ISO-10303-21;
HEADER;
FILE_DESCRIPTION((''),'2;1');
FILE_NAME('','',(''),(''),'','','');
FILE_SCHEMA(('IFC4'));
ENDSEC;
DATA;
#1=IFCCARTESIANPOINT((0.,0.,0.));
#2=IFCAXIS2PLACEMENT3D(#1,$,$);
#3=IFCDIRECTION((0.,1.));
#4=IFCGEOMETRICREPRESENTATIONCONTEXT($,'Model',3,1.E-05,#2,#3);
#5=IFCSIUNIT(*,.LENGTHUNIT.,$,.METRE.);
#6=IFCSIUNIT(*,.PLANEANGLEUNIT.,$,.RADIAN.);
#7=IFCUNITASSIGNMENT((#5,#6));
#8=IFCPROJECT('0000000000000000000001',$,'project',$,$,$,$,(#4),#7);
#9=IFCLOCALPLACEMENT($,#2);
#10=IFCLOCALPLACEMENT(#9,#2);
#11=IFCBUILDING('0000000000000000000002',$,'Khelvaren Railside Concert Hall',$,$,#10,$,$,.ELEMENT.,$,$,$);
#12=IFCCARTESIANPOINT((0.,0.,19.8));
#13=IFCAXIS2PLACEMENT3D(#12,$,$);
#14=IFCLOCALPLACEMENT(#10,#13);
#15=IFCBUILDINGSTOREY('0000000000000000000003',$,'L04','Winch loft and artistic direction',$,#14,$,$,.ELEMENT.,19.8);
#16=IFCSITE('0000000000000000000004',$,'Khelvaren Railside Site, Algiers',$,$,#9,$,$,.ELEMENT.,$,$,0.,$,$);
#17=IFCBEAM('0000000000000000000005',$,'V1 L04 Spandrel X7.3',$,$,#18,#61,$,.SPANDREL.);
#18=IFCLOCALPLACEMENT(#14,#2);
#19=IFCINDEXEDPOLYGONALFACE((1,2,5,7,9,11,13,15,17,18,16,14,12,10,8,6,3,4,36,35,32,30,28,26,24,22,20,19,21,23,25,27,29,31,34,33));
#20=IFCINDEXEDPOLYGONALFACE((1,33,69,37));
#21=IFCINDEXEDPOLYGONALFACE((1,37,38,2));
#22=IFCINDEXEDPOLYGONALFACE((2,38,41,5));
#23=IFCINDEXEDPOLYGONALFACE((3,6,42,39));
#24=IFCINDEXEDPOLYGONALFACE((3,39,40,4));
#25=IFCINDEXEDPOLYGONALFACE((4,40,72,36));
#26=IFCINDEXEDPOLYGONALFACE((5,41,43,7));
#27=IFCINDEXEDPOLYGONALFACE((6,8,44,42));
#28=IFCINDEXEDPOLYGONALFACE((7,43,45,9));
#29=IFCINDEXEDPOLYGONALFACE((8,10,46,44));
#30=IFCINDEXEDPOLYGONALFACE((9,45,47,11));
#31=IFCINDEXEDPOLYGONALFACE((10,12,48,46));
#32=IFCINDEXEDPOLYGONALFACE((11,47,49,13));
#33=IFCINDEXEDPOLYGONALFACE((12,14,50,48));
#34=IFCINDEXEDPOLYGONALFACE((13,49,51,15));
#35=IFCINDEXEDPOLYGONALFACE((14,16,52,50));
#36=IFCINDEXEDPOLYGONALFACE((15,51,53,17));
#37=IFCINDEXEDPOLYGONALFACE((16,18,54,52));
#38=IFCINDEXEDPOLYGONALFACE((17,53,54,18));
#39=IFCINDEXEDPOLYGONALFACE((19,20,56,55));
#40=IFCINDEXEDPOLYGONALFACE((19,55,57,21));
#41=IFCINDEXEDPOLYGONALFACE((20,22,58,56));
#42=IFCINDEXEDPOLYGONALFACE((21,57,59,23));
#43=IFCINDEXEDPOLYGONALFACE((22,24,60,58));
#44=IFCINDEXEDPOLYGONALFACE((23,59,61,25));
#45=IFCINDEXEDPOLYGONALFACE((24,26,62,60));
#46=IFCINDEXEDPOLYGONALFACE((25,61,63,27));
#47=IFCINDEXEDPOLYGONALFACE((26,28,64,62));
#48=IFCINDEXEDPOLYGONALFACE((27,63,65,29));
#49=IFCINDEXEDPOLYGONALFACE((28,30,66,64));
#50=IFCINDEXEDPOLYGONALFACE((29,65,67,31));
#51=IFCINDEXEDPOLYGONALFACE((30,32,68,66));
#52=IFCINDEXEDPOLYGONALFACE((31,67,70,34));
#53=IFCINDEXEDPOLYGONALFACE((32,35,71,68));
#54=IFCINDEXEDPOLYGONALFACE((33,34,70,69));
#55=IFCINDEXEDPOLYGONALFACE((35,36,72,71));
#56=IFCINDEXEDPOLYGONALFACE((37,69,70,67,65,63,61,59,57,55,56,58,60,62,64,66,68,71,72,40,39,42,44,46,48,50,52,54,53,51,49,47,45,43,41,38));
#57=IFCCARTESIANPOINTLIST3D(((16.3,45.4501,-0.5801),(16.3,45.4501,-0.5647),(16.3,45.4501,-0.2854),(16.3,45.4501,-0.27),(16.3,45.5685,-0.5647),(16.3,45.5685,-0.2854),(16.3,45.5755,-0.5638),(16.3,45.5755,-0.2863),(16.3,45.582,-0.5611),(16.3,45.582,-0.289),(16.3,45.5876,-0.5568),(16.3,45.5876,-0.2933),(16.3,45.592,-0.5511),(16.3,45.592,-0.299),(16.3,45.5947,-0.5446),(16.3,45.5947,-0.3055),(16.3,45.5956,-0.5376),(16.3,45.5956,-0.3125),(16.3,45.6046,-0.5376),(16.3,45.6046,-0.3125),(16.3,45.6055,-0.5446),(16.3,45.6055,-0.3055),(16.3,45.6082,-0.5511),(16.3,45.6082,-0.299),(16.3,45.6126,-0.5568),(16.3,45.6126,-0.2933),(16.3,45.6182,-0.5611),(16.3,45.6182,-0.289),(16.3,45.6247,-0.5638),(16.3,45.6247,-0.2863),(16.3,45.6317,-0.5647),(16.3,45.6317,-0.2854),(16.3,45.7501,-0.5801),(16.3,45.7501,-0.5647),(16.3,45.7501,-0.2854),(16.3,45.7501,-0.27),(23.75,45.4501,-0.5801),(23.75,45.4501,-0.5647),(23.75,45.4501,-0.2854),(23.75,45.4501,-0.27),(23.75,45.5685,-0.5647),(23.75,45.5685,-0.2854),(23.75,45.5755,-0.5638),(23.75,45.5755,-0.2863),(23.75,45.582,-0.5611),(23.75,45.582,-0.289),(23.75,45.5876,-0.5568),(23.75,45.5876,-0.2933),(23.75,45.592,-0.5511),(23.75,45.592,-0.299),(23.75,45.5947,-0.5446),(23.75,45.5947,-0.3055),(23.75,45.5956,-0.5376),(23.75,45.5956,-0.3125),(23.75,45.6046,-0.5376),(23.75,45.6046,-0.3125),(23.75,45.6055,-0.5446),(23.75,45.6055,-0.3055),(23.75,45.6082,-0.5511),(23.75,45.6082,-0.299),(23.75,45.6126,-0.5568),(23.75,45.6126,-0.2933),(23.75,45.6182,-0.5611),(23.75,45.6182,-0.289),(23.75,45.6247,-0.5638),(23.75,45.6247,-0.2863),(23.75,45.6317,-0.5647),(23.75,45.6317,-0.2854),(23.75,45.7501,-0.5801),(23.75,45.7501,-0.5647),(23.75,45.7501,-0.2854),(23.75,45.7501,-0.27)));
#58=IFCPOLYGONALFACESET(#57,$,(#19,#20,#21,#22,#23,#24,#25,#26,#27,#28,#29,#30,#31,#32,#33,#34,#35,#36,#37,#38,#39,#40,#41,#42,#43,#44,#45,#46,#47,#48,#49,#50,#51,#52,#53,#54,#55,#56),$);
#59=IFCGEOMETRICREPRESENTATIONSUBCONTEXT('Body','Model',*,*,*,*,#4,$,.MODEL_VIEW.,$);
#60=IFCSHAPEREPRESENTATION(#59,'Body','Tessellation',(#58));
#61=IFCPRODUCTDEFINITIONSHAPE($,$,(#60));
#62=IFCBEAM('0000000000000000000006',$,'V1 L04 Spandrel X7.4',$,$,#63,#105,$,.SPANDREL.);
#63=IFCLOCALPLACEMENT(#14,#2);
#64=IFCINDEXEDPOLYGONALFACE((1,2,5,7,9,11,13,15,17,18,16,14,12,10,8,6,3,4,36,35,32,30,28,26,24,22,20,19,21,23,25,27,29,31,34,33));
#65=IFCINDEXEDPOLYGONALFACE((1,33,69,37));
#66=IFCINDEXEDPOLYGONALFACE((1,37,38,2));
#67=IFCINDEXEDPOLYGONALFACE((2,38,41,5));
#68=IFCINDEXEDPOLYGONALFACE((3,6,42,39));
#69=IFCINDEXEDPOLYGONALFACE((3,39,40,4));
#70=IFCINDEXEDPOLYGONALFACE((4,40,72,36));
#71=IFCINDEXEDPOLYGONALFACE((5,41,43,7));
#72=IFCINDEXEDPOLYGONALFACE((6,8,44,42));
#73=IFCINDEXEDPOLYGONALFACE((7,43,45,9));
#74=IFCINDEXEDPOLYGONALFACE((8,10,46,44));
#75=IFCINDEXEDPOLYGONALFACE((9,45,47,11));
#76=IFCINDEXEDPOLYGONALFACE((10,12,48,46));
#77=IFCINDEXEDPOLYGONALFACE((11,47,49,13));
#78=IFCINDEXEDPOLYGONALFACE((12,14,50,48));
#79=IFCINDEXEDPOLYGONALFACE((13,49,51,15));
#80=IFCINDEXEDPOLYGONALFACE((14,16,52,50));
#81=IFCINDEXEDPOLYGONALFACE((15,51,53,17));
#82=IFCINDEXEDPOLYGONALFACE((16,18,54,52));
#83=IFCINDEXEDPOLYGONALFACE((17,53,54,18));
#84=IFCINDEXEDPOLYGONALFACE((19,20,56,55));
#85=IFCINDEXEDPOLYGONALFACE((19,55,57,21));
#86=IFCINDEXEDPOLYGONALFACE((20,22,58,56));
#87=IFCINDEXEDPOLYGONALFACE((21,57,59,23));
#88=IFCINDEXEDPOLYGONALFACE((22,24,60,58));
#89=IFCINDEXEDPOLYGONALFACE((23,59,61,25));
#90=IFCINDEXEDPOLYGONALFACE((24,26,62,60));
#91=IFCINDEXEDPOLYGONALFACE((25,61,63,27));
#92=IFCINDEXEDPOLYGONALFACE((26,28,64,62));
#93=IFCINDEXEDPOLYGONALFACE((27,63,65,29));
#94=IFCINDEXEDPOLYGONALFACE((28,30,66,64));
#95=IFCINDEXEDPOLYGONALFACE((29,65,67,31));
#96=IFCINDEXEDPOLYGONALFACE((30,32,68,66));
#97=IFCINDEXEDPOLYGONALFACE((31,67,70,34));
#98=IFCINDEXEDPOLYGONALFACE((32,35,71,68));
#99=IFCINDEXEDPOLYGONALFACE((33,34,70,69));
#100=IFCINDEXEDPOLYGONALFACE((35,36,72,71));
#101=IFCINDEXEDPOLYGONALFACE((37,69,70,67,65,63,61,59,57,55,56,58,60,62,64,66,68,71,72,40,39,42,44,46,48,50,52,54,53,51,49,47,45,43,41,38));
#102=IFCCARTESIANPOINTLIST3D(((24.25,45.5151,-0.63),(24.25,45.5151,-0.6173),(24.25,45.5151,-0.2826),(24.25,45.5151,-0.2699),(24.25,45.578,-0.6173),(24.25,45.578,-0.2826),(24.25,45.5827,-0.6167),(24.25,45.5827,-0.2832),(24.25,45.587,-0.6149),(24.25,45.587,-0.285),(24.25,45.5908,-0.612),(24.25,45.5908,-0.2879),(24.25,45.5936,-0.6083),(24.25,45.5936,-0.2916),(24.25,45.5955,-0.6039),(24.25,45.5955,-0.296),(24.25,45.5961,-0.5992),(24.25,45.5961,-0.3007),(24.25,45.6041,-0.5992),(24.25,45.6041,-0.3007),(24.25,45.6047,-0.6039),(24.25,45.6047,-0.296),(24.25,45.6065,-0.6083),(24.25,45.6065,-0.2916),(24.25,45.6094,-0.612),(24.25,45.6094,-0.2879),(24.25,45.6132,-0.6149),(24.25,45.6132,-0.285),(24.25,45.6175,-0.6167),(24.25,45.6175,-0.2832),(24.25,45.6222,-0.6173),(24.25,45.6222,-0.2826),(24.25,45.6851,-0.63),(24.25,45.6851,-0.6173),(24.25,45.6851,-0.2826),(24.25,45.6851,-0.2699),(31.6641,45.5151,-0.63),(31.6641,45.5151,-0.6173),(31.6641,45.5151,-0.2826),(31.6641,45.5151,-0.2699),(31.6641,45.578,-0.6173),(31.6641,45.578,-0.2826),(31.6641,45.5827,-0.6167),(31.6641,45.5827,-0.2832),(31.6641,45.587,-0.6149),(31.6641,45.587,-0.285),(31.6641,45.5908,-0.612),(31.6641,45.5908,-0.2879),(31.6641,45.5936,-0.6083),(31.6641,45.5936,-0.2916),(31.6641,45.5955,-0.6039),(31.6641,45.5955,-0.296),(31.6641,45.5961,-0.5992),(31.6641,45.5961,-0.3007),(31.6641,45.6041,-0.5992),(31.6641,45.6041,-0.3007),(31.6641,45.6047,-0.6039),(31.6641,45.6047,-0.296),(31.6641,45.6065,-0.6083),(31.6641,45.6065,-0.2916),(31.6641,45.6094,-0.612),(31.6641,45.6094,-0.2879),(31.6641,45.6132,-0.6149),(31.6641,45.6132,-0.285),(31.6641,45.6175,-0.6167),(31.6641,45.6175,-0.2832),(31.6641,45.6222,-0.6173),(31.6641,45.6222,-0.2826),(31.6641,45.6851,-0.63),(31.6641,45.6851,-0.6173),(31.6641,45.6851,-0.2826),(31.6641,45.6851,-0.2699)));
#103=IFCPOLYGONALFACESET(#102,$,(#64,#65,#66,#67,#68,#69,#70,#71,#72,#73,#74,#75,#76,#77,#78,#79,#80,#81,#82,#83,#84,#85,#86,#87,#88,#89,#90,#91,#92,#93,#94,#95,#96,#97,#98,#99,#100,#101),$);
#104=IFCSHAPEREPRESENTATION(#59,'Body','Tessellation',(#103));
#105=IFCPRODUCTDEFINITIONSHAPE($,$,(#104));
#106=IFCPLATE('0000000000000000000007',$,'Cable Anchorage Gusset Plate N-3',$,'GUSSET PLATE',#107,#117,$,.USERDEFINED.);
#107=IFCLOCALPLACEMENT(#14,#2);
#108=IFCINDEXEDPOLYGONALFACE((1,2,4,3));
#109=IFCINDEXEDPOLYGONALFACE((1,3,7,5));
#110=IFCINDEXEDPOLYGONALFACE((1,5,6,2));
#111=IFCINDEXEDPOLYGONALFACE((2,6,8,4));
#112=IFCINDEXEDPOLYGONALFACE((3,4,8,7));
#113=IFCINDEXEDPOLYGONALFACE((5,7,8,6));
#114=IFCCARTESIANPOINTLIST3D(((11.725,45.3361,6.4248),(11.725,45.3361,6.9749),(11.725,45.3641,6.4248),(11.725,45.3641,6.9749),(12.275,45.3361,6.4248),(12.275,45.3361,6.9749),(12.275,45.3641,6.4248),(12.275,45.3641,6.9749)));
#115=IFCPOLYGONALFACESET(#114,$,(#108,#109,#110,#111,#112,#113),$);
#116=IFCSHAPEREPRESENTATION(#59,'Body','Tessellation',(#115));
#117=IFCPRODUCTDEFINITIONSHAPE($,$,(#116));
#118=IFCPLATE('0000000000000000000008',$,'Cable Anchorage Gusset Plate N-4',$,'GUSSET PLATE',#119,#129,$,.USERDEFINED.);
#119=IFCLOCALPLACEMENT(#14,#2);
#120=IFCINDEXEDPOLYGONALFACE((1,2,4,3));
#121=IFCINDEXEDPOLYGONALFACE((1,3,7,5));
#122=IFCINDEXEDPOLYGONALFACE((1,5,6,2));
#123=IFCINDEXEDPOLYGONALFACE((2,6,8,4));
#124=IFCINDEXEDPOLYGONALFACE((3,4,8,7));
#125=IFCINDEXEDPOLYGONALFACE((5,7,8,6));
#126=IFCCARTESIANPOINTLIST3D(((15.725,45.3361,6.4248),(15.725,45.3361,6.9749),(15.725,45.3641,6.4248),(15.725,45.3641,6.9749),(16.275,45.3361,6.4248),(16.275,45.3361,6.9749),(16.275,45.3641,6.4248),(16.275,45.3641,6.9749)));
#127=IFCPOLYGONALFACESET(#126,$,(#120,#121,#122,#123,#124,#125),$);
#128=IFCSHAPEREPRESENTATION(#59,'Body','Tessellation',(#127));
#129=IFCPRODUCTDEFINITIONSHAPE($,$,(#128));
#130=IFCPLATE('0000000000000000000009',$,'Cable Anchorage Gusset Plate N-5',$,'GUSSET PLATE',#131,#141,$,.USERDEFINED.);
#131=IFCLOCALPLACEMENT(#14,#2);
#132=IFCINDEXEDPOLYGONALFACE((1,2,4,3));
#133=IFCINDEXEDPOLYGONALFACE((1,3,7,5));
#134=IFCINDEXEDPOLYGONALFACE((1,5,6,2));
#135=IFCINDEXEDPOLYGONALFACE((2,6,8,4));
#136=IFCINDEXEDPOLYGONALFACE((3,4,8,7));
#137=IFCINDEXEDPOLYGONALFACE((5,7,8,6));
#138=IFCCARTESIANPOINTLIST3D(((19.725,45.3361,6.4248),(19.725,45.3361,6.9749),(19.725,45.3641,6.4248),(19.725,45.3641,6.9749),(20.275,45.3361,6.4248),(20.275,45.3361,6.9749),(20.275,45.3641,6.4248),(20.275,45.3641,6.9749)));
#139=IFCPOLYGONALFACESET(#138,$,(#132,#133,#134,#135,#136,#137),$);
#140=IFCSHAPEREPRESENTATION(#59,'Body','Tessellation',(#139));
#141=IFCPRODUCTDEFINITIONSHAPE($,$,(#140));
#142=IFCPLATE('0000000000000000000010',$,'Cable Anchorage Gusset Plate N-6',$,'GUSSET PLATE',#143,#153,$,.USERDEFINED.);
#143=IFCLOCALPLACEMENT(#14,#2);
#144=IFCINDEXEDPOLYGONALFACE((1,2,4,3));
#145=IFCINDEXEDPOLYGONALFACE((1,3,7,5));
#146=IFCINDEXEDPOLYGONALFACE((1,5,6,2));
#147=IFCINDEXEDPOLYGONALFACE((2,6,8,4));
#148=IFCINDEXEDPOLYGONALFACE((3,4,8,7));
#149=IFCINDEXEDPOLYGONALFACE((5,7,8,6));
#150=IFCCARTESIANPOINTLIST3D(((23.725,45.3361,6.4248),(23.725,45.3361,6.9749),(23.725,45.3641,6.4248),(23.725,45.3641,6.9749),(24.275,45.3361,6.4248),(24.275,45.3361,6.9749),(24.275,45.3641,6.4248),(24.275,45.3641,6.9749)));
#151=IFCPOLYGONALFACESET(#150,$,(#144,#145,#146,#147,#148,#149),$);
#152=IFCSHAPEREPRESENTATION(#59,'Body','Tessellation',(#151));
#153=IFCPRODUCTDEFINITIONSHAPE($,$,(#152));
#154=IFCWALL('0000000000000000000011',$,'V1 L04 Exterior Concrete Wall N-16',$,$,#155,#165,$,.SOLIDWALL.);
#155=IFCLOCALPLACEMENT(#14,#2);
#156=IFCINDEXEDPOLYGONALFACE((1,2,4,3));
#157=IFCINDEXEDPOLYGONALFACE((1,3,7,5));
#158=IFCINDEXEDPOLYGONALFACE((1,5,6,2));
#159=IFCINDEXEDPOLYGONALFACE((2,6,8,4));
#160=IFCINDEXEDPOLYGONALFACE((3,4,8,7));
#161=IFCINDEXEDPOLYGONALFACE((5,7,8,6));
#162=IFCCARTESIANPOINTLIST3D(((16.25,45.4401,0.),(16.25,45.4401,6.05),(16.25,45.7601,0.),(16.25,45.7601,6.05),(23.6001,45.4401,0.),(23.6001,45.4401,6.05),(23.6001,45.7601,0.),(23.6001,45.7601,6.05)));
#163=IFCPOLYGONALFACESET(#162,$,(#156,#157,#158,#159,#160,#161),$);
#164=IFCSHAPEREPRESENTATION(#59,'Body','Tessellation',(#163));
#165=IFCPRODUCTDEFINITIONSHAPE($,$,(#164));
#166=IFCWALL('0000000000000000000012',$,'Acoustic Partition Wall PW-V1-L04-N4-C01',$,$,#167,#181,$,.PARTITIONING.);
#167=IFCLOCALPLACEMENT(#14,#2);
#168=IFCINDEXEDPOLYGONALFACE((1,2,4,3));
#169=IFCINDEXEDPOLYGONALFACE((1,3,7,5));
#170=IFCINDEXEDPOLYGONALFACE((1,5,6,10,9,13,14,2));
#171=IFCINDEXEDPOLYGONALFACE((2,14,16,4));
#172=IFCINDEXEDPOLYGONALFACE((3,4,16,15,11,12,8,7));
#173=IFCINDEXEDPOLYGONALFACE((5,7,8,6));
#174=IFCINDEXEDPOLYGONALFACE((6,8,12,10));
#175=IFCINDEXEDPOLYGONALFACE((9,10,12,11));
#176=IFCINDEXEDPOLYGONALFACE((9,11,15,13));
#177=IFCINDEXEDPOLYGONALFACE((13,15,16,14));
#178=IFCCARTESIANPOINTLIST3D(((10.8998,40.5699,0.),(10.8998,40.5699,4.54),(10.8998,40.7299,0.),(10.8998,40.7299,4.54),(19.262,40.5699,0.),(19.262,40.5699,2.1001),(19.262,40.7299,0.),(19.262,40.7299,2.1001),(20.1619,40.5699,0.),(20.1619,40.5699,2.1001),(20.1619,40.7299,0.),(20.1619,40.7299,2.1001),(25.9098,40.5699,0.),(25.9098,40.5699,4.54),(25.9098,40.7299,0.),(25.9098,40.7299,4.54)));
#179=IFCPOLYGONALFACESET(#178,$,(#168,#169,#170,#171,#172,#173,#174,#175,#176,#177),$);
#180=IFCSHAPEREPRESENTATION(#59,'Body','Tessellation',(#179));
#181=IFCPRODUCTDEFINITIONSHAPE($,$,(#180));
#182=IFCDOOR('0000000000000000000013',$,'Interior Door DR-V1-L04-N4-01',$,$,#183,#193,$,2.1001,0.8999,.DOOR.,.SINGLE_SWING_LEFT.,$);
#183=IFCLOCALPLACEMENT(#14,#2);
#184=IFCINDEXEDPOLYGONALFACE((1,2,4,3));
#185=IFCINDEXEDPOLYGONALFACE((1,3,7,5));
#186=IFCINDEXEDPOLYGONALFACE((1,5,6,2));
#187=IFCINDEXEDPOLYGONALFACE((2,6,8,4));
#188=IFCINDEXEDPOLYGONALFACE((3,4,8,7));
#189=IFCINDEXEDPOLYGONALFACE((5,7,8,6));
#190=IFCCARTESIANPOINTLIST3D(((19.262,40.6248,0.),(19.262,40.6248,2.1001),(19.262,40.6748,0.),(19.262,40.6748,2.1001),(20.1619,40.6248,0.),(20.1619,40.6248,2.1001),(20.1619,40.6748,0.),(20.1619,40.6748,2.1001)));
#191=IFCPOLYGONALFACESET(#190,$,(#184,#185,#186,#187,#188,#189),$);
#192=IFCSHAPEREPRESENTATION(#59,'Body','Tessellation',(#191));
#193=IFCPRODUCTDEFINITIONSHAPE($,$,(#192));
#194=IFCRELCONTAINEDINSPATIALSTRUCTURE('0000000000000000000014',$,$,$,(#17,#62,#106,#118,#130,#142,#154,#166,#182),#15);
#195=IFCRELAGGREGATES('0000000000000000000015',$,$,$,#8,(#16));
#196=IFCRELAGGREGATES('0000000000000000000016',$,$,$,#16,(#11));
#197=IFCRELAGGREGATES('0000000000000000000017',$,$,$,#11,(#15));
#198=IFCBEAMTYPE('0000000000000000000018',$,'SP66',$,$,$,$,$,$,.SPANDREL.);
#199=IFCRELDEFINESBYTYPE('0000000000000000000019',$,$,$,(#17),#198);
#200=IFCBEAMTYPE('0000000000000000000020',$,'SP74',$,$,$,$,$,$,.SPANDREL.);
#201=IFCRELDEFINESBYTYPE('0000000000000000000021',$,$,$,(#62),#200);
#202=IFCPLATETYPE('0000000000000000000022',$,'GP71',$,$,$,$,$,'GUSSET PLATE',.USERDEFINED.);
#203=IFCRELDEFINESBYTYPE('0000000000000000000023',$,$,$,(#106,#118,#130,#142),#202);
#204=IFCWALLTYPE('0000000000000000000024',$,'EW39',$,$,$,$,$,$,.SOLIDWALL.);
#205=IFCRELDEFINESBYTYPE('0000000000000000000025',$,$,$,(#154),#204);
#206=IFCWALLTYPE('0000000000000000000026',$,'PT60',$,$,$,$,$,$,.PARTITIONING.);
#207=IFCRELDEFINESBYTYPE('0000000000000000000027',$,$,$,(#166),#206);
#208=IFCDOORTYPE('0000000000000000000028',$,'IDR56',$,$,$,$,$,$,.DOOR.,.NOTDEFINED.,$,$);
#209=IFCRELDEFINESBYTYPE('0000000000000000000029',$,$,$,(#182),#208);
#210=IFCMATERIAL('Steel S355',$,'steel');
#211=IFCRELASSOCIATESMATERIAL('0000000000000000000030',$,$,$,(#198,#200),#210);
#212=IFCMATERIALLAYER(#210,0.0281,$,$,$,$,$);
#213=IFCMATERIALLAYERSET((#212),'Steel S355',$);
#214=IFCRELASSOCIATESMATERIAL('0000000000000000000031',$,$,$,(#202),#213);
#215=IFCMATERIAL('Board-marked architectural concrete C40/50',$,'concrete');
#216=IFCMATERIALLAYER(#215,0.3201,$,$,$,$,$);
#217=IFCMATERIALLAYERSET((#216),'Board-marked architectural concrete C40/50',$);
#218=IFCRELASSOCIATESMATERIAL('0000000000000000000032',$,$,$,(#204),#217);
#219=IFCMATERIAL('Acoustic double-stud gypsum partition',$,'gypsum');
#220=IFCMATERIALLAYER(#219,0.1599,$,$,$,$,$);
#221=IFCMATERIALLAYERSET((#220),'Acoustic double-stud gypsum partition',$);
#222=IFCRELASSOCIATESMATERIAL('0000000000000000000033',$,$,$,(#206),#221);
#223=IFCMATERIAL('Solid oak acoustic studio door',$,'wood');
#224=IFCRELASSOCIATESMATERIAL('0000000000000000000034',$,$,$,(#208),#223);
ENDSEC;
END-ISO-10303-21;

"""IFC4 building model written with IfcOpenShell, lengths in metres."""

from ifc_helpers import new_model, si_unit, direction, frame, frame_2d, origin, origin_2d, place, context, subcontext, project, spatial, rectangle, i_section, extrude, material, layer, layer_set, material_profile, profile_set, type_object, element, fill, save


model = new_model("IFC4")

# Units and contexts
model_context = context("Model", 3, precision=1e-05, world=origin(), true_north=direction((0.0, 1.0)))
body_context = subcontext(model_context, "Body", "Model", "MODEL_VIEW")
ifc_project = project(units=[si_unit("LENGTHUNIT", "METRE"), si_unit("PLANEANGLEUNIT", "RADIAN")], contexts=[model_context])

# Site, building, storey
site_placement = place(None, origin())
site = spatial("IfcSite", under=ifc_project, at=site_placement, Name="Khelvaren Railside Site, Algiers", CompositionType="ELEMENT", RefElevation=0.0)
building_placement = place(site_placement, origin())
building = spatial("IfcBuilding", under=site, at=building_placement, Name="Khelvaren Railside Concert Hall", CompositionType="ELEMENT")
storey_placement = place(building_placement, frame((0.0, 0.0, 19.8)))
storey = spatial("IfcBuildingStorey", under=building, at=storey_placement, Name="L04", Description="Winch loft and artistic direction", CompositionType="ELEMENT", Elevation=19.8)

# Beams
ifc_material_1 = material(Name="Steel S355", Category="steel")
ifc_material_profile_1 = material_profile(ifc_material_1, i_section(OverallWidth=0.3, OverallDepth=0.3101, WebThickness=0.009, FlangeThickness=0.0154, FilletRadius=0.0271, at=origin_2d()), Name="HEA 320")
ifc_profile_set_1 = profile_set([ifc_material_profile_1], Name="Steel S355")
beam_type_1 = type_object("IfcBeamType", Name="SP66", PredefinedType="SPANDREL", material=ifc_profile_set_1)
beam_1_placement = place(storey_placement, frame((16.3, 45.6001, -0.425), z_axis=(1.0, 0.0, 0.0), x_axis=(0.0, 1.0, 0.0)))
element("IfcBeam", 1, at=beam_1_placement, inside=storey, type_object=beam_type_1, Name="V1 L04 Spandrel X7.3", PredefinedType="SPANDREL", context=body_context, shape_type="SweptSolid", body=[
    extrude(i_section(OverallWidth=0.3, OverallDepth=0.3101, WebThickness=0.009, FlangeThickness=0.0154, FilletRadius=0.0271, at=origin_2d()), origin(), (0.0, 0.0, 1.0), 7.45),
])
ifc_material_profile_2 = material_profile(ifc_material_1, i_section(OverallWidth=0.1699, OverallDepth=0.3601, WebThickness=0.0081, FlangeThickness=0.0127, FilletRadius=0.0181, at=origin_2d()), Name="IPE 360")
ifc_profile_set_2 = profile_set([ifc_material_profile_2], Name="Steel S355")
beam_type_2 = type_object("IfcBeamType", Name="SP74", PredefinedType="SPANDREL", material=ifc_profile_set_2)
beam_2_placement = place(storey_placement, frame((24.25, 45.6001, -0.45), z_axis=(1.0, 0.0, 0.0), x_axis=(0.0, 1.0, 0.0)))
element("IfcBeam", 2, at=beam_2_placement, inside=storey, type_object=beam_type_2, Name="V1 L04 Spandrel X7.4", PredefinedType="SPANDREL", context=body_context, shape_type="SweptSolid", body=[
    extrude(i_section(OverallWidth=0.1699, OverallDepth=0.3601, WebThickness=0.0081, FlangeThickness=0.0127, FilletRadius=0.0181, at=origin_2d()), origin(), (0.0, 0.0, 1.0), 7.4141),
])

# Plates
ifc_layer_1 = layer(ifc_material_1, 0.0281)
ifc_layer_set_1 = layer_set([ifc_layer_1], Name="Steel S355")
plate_type = type_object("IfcPlateType", Name="GP71", ElementType="GUSSET PLATE", PredefinedType="USERDEFINED", material=ifc_layer_set_1)
for number, where, z_axis, x_axis, name in (
    (3, (12.0, 45.3501, 6.4248), (0.0, 0.0, 1.0), (1.0, 0.0, 0.0), "Cable Anchorage Gusset Plate N-3"),
    (4, (16.0, 45.3501, 6.4248), (0.0, 0.0, 1.0), (1.0, 0.0, 0.0), "Cable Anchorage Gusset Plate N-4"),
    (5, (20.0, 45.3501, 6.4248), (0.0, 0.0, 1.0), (1.0, 0.0, 0.0), "Cable Anchorage Gusset Plate N-5"),
    (6, (24.0, 45.3501, 6.4248), (0.0, 0.0, 1.0), (1.0, 0.0, 0.0), "Cable Anchorage Gusset Plate N-6"),
):
    element("IfcPlate", number, at=place(storey_placement, frame(where, z_axis=z_axis, x_axis=x_axis)), inside=storey, type_object=plate_type, Name=name, ObjectType="GUSSET PLATE", PredefinedType="USERDEFINED", context=body_context, shape_type="SweptSolid", body=[
        extrude(rectangle(XDim=0.55, YDim=0.0281, at=origin_2d()), origin(), (0.0, 0.0, 1.0), 0.55),
    ])

# Wall
ifc_material_2 = material(Name="Board-marked architectural concrete C40/50", Category="concrete")
ifc_layer_2 = layer(ifc_material_2, 0.3201)
ifc_layer_set_2 = layer_set([ifc_layer_2], Name="Board-marked architectural concrete C40/50")
wall_type_1 = type_object("IfcWallType", Name="EW39", PredefinedType="SOLIDWALL", material=ifc_layer_set_2)
wall_1_placement = place(storey_placement, frame((16.25, 45.6001, 0.0), z_axis=(0.0, 0.0, 1.0), x_axis=(1.0, 0.0, 0.0)))
element("IfcWall", 7, at=wall_1_placement, inside=storey, type_object=wall_type_1, Name="V1 L04 Exterior Concrete Wall N-16", PredefinedType="SOLIDWALL", context=body_context, shape_type="SweptSolid", body=[
    extrude(rectangle(XDim=7.3501, YDim=0.3201, at=frame_2d((3.675, 0.0))), origin(), (0.0, 0.0, 1.0), 6.05),
])

# Wall, opening, door
ifc_material_3 = material(Name="Acoustic double-stud gypsum partition", Category="gypsum")
ifc_layer_3 = layer(ifc_material_3, 0.1599)
ifc_layer_set_3 = layer_set([ifc_layer_3], Name="Acoustic double-stud gypsum partition")
wall_type_2 = type_object("IfcWallType", Name="PT60", PredefinedType="PARTITIONING", material=ifc_layer_set_3)
wall_2_placement = place(storey_placement, frame((10.8999, 40.6499, 0.0), z_axis=(0.0, 0.0, 1.0), x_axis=(1.0, 0.0, 0.0)))
wall_2 = element("IfcWall", 8, at=wall_2_placement, inside=storey, type_object=wall_type_2, Name="Acoustic Partition Wall PW-V1-L04-N4-C01", PredefinedType="PARTITIONING", context=body_context, shape_type="SweptSolid", body=[
    extrude(rectangle(XDim=15.01, YDim=0.1599, at=frame_2d((7.5049, 0.0))), origin(), (0.0, 0.0, 1.0), 4.54),
])
opening_placement = place(wall_2_placement, frame((8.3621, 0.0, 0.0)))
opening = element("IfcOpeningElement", 9, at=opening_placement, cuts=wall_2, PredefinedType="OPENING", context=body_context, shape_type="SweptSolid", body=[
    extrude(rectangle(XDim=0.8999, YDim=2.1001, at=frame_2d((0.45, 1.05))), frame((0.0, 0.0898, 0.0), z_axis=(0.0, -1.0, 0.0), x_axis=(1.0, 0.0, 0.0)), (0.0, 0.0, 1.0), 0.1799),
])
ifc_material_4 = material(Name="Solid oak acoustic studio door", Category="wood")
door_type = type_object("IfcDoorType", Name="IDR56", OperationType="NOTDEFINED", PredefinedType="DOOR", material=ifc_material_4)
door_placement = place(opening_placement, origin())
door = element("IfcDoor", 10, at=door_placement, inside=storey, type_object=door_type, Name="Interior Door DR-V1-L04-N4-01", OperationType="SINGLE_SWING_LEFT", OverallHeight=2.1001, OverallWidth=0.8999, PredefinedType="DOOR", context=body_context, shape_type="SweptSolid", body=[
    extrude(rectangle(XDim=0.8999, YDim=2.1001, at=frame_2d((0.45, 1.05))), frame((0.0, 0.0249, 0.0), z_axis=(0.0, -1.0, 0.0), x_axis=(1.0, 0.0, 0.0)), (0.0, 0.0, 1.0), 0.05),
])
fill(opening, door)

save(model, "model.ifc")
